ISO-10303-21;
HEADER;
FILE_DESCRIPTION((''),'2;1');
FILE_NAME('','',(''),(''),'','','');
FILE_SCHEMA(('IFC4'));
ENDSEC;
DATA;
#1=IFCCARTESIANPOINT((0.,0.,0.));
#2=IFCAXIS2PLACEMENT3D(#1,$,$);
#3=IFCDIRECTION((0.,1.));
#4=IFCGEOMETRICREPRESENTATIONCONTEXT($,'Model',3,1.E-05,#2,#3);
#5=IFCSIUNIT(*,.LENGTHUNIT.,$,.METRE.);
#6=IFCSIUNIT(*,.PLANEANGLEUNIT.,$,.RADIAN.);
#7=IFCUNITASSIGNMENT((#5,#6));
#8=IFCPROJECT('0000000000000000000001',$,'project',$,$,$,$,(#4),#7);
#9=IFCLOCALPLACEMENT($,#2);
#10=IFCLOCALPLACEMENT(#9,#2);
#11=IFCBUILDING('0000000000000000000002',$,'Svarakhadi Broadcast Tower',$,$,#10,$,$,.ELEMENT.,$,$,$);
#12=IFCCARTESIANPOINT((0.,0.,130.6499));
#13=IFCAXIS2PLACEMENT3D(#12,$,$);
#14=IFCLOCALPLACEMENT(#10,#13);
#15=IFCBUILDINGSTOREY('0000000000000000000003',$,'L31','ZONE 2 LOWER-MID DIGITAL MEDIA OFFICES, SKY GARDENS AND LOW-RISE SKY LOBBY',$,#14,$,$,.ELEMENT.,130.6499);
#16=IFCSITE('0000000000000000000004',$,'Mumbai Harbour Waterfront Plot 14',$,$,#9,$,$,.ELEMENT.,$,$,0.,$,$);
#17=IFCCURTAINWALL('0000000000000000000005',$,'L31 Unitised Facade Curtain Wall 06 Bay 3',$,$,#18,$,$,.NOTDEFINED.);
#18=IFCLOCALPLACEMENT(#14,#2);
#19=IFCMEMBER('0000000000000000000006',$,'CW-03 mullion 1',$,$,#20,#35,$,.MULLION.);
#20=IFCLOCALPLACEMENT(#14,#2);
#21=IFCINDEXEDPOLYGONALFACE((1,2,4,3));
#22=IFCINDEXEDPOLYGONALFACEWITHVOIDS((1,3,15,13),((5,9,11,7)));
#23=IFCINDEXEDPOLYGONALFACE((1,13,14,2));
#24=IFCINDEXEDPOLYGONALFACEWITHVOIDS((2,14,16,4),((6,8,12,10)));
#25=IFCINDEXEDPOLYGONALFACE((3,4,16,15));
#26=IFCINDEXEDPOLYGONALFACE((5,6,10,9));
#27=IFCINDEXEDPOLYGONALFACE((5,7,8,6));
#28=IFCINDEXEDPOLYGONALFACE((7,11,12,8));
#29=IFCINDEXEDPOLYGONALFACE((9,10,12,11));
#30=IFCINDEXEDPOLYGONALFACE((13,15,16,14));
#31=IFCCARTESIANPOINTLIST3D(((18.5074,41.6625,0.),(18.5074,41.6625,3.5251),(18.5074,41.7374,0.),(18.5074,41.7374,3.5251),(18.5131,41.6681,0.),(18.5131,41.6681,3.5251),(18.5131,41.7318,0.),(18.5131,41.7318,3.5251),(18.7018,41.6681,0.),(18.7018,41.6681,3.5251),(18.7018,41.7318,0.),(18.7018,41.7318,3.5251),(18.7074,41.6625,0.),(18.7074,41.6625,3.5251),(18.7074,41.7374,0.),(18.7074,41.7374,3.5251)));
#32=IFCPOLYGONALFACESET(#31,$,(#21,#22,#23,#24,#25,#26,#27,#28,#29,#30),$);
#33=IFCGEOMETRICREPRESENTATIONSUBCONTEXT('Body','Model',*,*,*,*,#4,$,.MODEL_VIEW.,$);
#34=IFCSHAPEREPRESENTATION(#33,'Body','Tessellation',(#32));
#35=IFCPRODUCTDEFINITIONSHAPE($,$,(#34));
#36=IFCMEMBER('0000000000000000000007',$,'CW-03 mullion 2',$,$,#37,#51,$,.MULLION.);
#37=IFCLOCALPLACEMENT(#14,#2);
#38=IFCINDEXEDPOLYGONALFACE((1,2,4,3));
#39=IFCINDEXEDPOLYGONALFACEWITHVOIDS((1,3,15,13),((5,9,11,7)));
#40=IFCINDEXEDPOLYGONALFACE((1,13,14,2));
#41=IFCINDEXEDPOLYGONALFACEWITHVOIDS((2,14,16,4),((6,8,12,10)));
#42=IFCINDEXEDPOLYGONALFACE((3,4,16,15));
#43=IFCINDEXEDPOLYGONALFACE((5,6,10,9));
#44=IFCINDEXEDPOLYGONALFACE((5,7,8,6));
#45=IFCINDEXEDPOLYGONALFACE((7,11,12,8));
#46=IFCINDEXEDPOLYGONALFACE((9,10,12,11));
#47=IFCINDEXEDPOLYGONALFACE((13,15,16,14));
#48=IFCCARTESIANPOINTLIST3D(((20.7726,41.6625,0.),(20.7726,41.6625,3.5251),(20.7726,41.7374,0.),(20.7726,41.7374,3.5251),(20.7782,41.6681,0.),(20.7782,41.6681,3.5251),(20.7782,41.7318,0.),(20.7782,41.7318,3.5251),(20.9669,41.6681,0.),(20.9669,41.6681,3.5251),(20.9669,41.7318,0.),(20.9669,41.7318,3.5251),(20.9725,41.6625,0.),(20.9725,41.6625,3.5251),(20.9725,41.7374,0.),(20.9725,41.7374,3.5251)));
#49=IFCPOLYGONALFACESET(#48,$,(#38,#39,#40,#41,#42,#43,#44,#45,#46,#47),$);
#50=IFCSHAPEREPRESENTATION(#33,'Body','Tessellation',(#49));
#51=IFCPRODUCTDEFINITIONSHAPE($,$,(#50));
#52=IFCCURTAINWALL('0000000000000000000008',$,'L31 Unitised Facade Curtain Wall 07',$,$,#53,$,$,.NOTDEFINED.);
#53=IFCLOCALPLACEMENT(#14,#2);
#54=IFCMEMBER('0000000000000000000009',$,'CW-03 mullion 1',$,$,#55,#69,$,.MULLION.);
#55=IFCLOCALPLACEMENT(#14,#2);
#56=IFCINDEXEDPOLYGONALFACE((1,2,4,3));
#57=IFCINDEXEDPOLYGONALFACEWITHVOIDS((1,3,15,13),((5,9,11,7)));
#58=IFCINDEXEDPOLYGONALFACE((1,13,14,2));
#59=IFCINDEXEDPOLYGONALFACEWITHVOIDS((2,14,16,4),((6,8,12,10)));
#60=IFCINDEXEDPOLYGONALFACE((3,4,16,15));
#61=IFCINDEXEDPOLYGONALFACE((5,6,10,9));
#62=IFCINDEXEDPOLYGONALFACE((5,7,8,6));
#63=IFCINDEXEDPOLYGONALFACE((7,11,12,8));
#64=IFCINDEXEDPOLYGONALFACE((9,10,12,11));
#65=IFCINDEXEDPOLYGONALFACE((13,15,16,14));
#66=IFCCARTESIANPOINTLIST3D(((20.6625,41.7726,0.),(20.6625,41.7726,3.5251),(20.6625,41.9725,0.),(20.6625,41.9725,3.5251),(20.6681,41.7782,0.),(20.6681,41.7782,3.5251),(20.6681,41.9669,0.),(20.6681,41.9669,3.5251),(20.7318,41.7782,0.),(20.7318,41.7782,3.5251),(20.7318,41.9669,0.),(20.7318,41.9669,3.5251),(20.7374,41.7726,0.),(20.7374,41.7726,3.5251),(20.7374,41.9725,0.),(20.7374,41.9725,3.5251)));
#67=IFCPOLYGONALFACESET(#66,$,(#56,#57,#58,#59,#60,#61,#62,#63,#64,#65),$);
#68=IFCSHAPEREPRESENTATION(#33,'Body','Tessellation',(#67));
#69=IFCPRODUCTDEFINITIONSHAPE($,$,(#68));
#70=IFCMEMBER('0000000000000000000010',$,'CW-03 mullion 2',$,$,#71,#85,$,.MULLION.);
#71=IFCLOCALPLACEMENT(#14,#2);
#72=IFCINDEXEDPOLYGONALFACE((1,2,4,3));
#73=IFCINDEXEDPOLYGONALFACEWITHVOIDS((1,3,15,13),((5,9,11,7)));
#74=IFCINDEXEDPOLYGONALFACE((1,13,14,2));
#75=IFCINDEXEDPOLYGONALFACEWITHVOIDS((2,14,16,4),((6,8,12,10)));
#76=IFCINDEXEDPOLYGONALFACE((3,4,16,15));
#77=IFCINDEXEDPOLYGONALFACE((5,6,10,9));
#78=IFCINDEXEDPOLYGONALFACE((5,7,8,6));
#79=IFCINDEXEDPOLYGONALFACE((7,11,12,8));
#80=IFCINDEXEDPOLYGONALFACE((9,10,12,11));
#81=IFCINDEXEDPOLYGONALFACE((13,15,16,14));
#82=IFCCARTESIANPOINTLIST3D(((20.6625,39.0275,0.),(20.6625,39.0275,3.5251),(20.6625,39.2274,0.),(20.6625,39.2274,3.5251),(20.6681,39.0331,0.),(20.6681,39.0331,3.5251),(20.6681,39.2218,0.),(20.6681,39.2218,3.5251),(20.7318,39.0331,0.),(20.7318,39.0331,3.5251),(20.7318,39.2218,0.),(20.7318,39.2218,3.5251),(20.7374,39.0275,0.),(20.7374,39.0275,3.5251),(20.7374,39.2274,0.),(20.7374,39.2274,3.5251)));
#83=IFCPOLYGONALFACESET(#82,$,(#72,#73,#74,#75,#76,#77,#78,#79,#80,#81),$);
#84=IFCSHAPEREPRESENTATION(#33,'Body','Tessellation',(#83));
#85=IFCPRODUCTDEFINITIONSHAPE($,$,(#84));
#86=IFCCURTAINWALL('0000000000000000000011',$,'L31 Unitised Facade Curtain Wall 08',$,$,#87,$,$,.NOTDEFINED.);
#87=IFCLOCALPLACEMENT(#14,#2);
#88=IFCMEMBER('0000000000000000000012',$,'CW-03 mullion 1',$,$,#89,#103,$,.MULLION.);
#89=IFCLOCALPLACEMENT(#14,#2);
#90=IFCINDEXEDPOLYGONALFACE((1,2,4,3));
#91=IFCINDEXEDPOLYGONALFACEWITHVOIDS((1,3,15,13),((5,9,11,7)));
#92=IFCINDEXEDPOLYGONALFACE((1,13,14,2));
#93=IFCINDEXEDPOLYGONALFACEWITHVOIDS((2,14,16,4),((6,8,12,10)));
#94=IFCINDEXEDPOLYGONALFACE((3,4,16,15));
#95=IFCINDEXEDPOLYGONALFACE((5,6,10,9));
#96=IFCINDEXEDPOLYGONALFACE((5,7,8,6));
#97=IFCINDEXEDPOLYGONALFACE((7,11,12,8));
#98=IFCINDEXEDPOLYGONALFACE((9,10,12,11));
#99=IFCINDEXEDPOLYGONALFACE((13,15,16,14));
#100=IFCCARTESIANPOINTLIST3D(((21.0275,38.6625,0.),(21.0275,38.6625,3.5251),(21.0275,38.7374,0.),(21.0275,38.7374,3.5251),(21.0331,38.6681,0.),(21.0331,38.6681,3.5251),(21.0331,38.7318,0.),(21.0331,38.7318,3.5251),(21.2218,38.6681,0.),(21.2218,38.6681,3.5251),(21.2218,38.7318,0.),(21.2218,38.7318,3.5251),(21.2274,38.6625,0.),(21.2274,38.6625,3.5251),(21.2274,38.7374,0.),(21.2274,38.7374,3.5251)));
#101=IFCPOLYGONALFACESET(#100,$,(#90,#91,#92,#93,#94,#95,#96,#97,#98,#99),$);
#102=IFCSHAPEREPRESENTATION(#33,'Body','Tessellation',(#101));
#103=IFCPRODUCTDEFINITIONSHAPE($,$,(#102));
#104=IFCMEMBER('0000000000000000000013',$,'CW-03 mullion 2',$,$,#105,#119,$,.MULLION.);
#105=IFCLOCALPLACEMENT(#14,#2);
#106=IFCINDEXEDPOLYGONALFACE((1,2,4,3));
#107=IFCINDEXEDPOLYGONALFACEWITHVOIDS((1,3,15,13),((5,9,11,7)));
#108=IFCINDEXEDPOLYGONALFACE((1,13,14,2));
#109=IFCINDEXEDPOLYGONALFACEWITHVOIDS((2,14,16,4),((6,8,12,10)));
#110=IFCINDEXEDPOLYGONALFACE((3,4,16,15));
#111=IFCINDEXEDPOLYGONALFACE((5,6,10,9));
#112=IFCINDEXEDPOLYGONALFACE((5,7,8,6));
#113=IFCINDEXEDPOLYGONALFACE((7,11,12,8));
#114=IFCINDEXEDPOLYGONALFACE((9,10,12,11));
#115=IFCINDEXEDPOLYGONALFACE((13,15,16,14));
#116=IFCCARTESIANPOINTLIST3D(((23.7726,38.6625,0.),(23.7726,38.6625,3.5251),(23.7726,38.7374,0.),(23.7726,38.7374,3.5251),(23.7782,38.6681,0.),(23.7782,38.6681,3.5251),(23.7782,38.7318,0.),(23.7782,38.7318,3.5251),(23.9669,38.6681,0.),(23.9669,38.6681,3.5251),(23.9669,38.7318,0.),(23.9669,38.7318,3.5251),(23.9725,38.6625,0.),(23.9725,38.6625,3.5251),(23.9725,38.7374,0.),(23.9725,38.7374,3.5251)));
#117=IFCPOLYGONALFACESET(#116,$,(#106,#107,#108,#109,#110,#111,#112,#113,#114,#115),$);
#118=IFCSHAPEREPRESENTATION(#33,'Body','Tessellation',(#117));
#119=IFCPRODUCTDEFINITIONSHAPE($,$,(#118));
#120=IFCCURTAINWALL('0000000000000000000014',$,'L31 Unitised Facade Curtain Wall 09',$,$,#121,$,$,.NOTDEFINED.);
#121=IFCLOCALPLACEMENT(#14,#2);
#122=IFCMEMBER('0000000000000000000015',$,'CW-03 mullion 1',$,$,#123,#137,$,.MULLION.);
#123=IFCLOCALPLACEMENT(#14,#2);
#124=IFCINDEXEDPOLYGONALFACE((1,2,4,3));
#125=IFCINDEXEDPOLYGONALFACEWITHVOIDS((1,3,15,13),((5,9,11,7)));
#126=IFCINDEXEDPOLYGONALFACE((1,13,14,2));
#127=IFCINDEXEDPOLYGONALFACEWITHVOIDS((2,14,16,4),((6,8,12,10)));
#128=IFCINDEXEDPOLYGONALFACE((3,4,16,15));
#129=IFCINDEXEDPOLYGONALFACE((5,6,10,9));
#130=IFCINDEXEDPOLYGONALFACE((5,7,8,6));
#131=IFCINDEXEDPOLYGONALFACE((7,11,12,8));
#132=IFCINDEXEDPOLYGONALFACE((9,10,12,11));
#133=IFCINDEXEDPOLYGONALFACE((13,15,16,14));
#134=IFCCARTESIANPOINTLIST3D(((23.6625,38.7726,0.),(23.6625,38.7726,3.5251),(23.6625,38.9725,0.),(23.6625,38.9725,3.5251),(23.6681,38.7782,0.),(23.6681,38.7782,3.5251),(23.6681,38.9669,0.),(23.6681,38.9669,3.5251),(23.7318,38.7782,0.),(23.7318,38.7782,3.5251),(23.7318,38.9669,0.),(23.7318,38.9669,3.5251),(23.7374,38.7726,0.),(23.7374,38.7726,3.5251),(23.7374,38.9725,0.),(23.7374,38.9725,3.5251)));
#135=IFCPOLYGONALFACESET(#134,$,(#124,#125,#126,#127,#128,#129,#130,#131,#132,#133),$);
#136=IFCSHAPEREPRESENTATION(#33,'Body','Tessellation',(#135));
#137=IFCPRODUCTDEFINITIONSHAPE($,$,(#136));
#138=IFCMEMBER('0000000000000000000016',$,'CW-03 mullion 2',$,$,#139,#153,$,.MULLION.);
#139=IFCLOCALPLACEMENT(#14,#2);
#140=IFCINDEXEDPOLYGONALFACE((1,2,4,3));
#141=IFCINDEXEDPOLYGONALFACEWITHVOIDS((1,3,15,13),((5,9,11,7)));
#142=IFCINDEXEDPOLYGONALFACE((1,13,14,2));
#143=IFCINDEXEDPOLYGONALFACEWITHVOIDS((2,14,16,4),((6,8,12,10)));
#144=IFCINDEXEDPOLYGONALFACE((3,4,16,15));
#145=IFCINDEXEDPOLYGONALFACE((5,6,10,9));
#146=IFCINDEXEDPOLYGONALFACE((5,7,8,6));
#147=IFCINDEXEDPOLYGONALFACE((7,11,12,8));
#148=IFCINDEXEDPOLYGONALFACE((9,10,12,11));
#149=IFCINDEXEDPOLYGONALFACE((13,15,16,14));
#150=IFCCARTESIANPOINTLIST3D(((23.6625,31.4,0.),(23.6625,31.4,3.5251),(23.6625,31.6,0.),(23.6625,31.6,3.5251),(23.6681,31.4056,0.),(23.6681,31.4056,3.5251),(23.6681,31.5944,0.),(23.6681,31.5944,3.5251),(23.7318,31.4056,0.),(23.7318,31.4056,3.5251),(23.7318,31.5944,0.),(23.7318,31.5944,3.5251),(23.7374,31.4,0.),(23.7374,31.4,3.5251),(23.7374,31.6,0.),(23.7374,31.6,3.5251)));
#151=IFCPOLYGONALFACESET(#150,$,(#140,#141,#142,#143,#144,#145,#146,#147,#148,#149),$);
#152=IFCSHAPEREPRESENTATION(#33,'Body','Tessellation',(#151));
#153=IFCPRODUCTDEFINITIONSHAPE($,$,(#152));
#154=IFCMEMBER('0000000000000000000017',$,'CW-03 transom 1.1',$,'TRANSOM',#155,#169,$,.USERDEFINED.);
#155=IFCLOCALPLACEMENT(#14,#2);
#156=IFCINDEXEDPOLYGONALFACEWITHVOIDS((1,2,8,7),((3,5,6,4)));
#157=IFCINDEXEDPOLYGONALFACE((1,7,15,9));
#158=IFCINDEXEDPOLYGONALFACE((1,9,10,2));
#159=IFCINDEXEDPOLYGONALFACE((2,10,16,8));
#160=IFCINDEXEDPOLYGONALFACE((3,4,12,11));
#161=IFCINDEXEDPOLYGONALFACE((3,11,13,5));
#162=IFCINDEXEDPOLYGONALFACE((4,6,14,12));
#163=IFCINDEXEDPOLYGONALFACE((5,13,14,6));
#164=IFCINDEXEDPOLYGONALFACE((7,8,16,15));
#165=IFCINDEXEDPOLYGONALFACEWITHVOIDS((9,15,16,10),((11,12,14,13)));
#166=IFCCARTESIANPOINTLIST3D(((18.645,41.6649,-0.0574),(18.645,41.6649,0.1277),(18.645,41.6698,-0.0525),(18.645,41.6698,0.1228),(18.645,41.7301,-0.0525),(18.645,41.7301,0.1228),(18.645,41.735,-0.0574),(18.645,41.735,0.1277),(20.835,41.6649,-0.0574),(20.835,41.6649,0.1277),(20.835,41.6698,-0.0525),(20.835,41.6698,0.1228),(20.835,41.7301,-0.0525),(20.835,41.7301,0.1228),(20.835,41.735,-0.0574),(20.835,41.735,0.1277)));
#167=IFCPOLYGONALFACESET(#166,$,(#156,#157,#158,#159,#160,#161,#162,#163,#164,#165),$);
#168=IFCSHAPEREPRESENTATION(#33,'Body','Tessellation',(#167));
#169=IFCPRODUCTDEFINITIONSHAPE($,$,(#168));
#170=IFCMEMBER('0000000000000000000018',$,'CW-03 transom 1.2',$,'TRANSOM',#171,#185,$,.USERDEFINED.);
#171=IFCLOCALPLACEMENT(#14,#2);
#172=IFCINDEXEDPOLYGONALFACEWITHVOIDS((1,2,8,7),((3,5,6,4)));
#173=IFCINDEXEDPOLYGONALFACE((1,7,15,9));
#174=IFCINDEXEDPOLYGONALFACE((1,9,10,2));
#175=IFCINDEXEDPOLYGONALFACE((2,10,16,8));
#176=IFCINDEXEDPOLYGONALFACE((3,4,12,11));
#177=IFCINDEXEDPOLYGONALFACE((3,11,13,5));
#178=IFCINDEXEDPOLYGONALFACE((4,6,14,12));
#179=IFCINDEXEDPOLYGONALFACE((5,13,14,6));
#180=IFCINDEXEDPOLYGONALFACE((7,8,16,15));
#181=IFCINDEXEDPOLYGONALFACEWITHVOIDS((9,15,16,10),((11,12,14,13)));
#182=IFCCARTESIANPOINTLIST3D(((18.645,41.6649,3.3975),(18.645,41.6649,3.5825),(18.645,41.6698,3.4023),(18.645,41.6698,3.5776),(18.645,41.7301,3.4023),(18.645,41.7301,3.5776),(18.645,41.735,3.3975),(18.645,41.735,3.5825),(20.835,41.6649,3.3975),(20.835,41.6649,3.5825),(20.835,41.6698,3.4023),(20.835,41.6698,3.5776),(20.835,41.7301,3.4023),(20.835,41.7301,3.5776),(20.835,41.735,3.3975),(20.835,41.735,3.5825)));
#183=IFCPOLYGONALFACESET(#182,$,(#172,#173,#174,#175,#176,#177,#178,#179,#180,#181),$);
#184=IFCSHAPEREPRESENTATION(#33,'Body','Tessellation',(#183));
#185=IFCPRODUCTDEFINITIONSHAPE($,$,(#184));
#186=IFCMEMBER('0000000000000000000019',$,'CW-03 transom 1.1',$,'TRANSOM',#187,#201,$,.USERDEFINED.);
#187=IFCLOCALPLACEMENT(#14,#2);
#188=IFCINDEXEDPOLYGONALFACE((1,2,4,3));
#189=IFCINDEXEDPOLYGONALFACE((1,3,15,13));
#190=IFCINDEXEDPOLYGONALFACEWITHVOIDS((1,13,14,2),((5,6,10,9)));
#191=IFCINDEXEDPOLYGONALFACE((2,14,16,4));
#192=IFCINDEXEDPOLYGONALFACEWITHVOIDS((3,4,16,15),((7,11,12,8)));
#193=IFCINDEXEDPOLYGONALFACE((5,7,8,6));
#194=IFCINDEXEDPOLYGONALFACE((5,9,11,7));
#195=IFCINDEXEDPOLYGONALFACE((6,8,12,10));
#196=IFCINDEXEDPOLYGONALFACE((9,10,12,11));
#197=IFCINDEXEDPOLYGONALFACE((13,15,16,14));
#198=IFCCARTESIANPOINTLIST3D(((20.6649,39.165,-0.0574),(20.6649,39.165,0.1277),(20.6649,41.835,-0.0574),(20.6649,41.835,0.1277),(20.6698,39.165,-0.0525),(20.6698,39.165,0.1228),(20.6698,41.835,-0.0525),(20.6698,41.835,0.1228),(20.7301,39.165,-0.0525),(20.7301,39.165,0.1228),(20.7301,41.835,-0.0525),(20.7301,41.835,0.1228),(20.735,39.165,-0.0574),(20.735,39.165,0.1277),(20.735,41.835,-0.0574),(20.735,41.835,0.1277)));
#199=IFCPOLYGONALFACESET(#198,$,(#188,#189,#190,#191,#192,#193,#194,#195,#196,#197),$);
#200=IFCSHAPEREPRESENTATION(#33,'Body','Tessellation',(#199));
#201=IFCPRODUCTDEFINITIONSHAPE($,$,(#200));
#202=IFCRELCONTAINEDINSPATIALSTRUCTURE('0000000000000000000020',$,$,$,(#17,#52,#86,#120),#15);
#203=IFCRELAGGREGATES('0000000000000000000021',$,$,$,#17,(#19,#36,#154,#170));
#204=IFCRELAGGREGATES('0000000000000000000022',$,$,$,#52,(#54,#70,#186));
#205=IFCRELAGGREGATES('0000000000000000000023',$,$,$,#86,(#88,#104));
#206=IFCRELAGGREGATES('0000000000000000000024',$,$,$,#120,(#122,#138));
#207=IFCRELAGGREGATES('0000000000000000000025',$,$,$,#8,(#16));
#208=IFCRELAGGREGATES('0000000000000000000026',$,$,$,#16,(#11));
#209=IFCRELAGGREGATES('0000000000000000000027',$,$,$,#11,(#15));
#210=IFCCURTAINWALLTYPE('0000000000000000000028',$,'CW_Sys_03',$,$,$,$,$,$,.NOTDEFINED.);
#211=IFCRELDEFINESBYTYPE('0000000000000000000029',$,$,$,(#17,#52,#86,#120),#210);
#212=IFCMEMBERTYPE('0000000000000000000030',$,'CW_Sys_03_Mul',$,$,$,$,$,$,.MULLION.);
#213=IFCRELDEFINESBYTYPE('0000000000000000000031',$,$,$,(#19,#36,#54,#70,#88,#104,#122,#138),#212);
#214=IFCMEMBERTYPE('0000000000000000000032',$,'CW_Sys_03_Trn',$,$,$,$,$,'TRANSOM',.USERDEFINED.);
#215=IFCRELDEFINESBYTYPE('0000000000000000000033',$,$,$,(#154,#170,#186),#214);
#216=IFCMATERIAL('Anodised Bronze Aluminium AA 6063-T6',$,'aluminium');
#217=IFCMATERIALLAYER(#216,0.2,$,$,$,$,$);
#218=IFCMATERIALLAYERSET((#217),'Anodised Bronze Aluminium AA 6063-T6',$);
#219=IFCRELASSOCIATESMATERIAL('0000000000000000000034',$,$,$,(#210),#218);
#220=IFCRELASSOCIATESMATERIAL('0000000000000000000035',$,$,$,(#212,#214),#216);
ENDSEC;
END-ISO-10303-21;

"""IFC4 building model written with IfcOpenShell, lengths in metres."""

from ifc_helpers import new_model, si_unit, direction, frame, origin, origin_2d, place, context, subcontext, project, spatial, hollow_rectangle, extrude, material, layer, layer_set, material_profile, profile_set, type_object, element, aggregate, save


model = new_model("IFC4")

# Units and contexts
model_context = context("Model", 3, precision=1e-05, world=origin(), true_north=direction((0.0, 1.0)))
body_context = subcontext(model_context, "Body", "Model", "MODEL_VIEW")
ifc_project = project(units=[si_unit("LENGTHUNIT", "METRE"), si_unit("PLANEANGLEUNIT", "RADIAN")], contexts=[model_context])

# Site, building, storey
site_placement = place(None, origin())
site = spatial("IfcSite", under=ifc_project, at=site_placement, Name="Mumbai Harbour Waterfront Plot 14", CompositionType="ELEMENT", RefElevation=0.0)
building_placement = place(site_placement, origin())
building = spatial("IfcBuilding", under=site, at=building_placement, Name="Svarakhadi Broadcast Tower", CompositionType="ELEMENT")
storey_placement = place(building_placement, frame((0.0, 0.0, 130.6499)))
storey = spatial("IfcBuildingStorey", under=building, at=storey_placement, Name="L31", Description="ZONE 2 LOWER-MID DIGITAL MEDIA OFFICES, SKY GARDENS AND LOW-RISE SKY LOBBY", CompositionType="ELEMENT", Elevation=130.6499)

# Curtain walls, members
ifc_material_1 = material(Name="Anodised Bronze Aluminium AA 6063-T6", Category="aluminium")
ifc_layer_1 = layer(ifc_material_1, 0.2)
ifc_layer_set_1 = layer_set([ifc_layer_1], Name="Anodised Bronze Aluminium AA 6063-T6")
curtain_wall_type = type_object("IfcCurtainWallType", Name="CW_Sys_03", PredefinedType="NOTDEFINED", material=ifc_layer_set_1)
curtain_wall_1_placement = place(storey_placement, origin())
curtain_wall_1 = element("IfcCurtainWall", 1, at=curtain_wall_1_placement, inside=storey, type_object=curtain_wall_type, Name="L31 Unitised Facade Curtain Wall 06 Bay 3", PredefinedType="NOTDEFINED")
ifc_material_profile_1 = material_profile(ifc_material_1, hollow_rectangle(XDim=0.075, YDim=0.2, WallThickness=0.0056, at=origin_2d()), Name="ALU MULLION 200x75x6")
ifc_profile_set_1 = profile_set([ifc_material_profile_1], Name="Anodised Bronze Aluminium AA 6063-T6")
member_type_1 = type_object("IfcMemberType", Name="CW_Sys_03_Mul", PredefinedType="MULLION", material=ifc_profile_set_1)
member_1_placement = place(storey_placement, frame((18.6074, 41.7, 0.0), z_axis=(0.0, 0.0, 1.0), x_axis=(0.0, 1.0, 0.0)))
member_1 = element("IfcMember", 2, at=member_1_placement, type_object=member_type_1, Name="CW-03 mullion 1", PredefinedType="MULLION", context=body_context, shape_type="SweptSolid", body=[
    extrude(hollow_rectangle(XDim=0.075, YDim=0.2, WallThickness=0.0056, at=origin_2d()), origin(), (0.0, 0.0, 1.0), 3.5251),
])
member_2_placement = place(storey_placement, frame((20.8726, 41.7, 0.0), z_axis=(0.0, 0.0, 1.0), x_axis=(0.0, 1.0, 0.0)))
member_2 = element("IfcMember", 3, at=member_2_placement, type_object=member_type_1, Name="CW-03 mullion 2", PredefinedType="MULLION", context=body_context, shape_type="SweptSolid", body=[
    extrude(hollow_rectangle(XDim=0.075, YDim=0.2, WallThickness=0.0056, at=origin_2d()), origin(), (0.0, 0.0, 1.0), 3.5251),
])
curtain_wall_2_placement = place(storey_placement, origin())
curtain_wall_2 = element("IfcCurtainWall", 4, at=curtain_wall_2_placement, inside=storey, type_object=curtain_wall_type, Name="L31 Unitised Facade Curtain Wall 07", PredefinedType="NOTDEFINED")
member_3_placement = place(storey_placement, frame((20.7, 41.8726, 0.0), z_axis=(0.0, 0.0, 1.0), x_axis=(1.0, 0.0, 0.0)))
member_3 = element("IfcMember", 5, at=member_3_placement, type_object=member_type_1, Name="CW-03 mullion 1", PredefinedType="MULLION", context=body_context, shape_type="SweptSolid", body=[
    extrude(hollow_rectangle(XDim=0.075, YDim=0.2, WallThickness=0.0056, at=origin_2d()), origin(), (0.0, 0.0, 1.0), 3.5251),
])
member_4_placement = place(storey_placement, frame((20.7, 39.1274, 0.0), z_axis=(0.0, 0.0, 1.0), x_axis=(1.0, 0.0, 0.0)))
member_4 = element("IfcMember", 6, at=member_4_placement, type_object=member_type_1, Name="CW-03 mullion 2", PredefinedType="MULLION", context=body_context, shape_type="SweptSolid", body=[
    extrude(hollow_rectangle(XDim=0.075, YDim=0.2, WallThickness=0.0056, at=origin_2d()), origin(), (0.0, 0.0, 1.0), 3.5251),
])
curtain_wall_3_placement = place(storey_placement, origin())
curtain_wall_3 = element("IfcCurtainWall", 7, at=curtain_wall_3_placement, inside=storey, type_object=curtain_wall_type, Name="L31 Unitised Facade Curtain Wall 08", PredefinedType="NOTDEFINED")
member_5_placement = place(storey_placement, frame((21.1274, 38.7, 0.0), z_axis=(0.0, 0.0, 1.0), x_axis=(0.0, 1.0, 0.0)))
member_5 = element("IfcMember", 8, at=member_5_placement, type_object=member_type_1, Name="CW-03 mullion 1", PredefinedType="MULLION", context=body_context, shape_type="SweptSolid", body=[
    extrude(hollow_rectangle(XDim=0.075, YDim=0.2, WallThickness=0.0056, at=origin_2d()), origin(), (0.0, 0.0, 1.0), 3.5251),
])
member_6_placement = place(storey_placement, frame((23.8726, 38.7, 0.0), z_axis=(0.0, 0.0, 1.0), x_axis=(0.0, 1.0, 0.0)))
member_6 = element("IfcMember", 9, at=member_6_placement, type_object=member_type_1, Name="CW-03 mullion 2", PredefinedType="MULLION", context=body_context, shape_type="SweptSolid", body=[
    extrude(hollow_rectangle(XDim=0.075, YDim=0.2, WallThickness=0.0056, at=origin_2d()), origin(), (0.0, 0.0, 1.0), 3.5251),
])
curtain_wall_4_placement = place(storey_placement, origin())
curtain_wall_4 = element("IfcCurtainWall", 10, at=curtain_wall_4_placement, inside=storey, type_object=curtain_wall_type, Name="L31 Unitised Facade Curtain Wall 09", PredefinedType="NOTDEFINED")
member_7_placement = place(storey_placement, frame((23.7, 38.8726, 0.0), z_axis=(0.0, 0.0, 1.0), x_axis=(1.0, 0.0, 0.0)))
member_7 = element("IfcMember", 11, at=member_7_placement, type_object=member_type_1, Name="CW-03 mullion 1", PredefinedType="MULLION", context=body_context, shape_type="SweptSolid", body=[
    extrude(hollow_rectangle(XDim=0.075, YDim=0.2, WallThickness=0.0056, at=origin_2d()), origin(), (0.0, 0.0, 1.0), 3.5251),
])
member_8_placement = place(storey_placement, frame((23.7, 31.5, 0.0), z_axis=(0.0, 0.0, 1.0), x_axis=(1.0, 0.0, 0.0)))
member_8 = element("IfcMember", 12, at=member_8_placement, type_object=member_type_1, Name="CW-03 mullion 2", PredefinedType="MULLION", context=body_context, shape_type="SweptSolid", body=[
    extrude(hollow_rectangle(XDim=0.075, YDim=0.2, WallThickness=0.0056, at=origin_2d()), origin(), (0.0, 0.0, 1.0), 3.5251),
])

# Members
ifc_material_profile_2 = material_profile(ifc_material_1, hollow_rectangle(XDim=0.0701, YDim=0.1851, WallThickness=0.0049, at=origin_2d()), Name="ALU TRANSOM 185x70x5")
ifc_profile_set_2 = profile_set([ifc_material_profile_2], Name="Anodised Bronze Aluminium AA 6063-T6")
member_type_2 = type_object("IfcMemberType", Name="CW_Sys_03_Trn", ElementType="TRANSOM", PredefinedType="USERDEFINED", material=ifc_profile_set_2)
member_9_placement = place(storey_placement, frame((18.645, 41.7, 0.0352), z_axis=(1.0, 0.0, 0.0), x_axis=(0.0, 1.0, 0.0)))
member_9 = element("IfcMember", 13, at=member_9_placement, type_object=member_type_2, Name="CW-03 transom 1.1", ObjectType="TRANSOM", PredefinedType="USERDEFINED", context=body_context, shape_type="SweptSolid", body=[
    extrude(hollow_rectangle(XDim=0.0701, YDim=0.1851, WallThickness=0.0049, at=origin_2d()), origin(), (0.0, 0.0, 1.0), 2.1899),
])
member_10_placement = place(storey_placement, frame((18.645, 41.7, 3.49), z_axis=(1.0, 0.0, 0.0), x_axis=(0.0, 1.0, 0.0)))
member_10 = element("IfcMember", 14, at=member_10_placement, type_object=member_type_2, Name="CW-03 transom 1.2", ObjectType="TRANSOM", PredefinedType="USERDEFINED", context=body_context, shape_type="SweptSolid", body=[
    extrude(hollow_rectangle(XDim=0.0701, YDim=0.1851, WallThickness=0.0049, at=origin_2d()), origin(), (0.0, 0.0, 1.0), 2.1899),
])
member_11_placement = place(storey_placement, frame((20.7, 41.835, 0.0352), z_axis=(0.0, -1.0, 0.0), x_axis=(1.0, 0.0, 0.0)))
member_11 = element("IfcMember", 15, at=member_11_placement, type_object=member_type_2, Name="CW-03 transom 1.1", ObjectType="TRANSOM", PredefinedType="USERDEFINED", context=body_context, shape_type="SweptSolid", body=[
    extrude(hollow_rectangle(XDim=0.0701, YDim=0.1851, WallThickness=0.0049, at=origin_2d()), origin(), (0.0, 0.0, 1.0), 2.6699),
])

aggregate(curtain_wall_1, [member_1, member_2, member_9, member_10])
aggregate(curtain_wall_2, [member_3, member_4, member_11])
aggregate(curtain_wall_3, [member_5, member_6])
aggregate(curtain_wall_4, [member_7, member_8])

save(model, "model.ifc")
